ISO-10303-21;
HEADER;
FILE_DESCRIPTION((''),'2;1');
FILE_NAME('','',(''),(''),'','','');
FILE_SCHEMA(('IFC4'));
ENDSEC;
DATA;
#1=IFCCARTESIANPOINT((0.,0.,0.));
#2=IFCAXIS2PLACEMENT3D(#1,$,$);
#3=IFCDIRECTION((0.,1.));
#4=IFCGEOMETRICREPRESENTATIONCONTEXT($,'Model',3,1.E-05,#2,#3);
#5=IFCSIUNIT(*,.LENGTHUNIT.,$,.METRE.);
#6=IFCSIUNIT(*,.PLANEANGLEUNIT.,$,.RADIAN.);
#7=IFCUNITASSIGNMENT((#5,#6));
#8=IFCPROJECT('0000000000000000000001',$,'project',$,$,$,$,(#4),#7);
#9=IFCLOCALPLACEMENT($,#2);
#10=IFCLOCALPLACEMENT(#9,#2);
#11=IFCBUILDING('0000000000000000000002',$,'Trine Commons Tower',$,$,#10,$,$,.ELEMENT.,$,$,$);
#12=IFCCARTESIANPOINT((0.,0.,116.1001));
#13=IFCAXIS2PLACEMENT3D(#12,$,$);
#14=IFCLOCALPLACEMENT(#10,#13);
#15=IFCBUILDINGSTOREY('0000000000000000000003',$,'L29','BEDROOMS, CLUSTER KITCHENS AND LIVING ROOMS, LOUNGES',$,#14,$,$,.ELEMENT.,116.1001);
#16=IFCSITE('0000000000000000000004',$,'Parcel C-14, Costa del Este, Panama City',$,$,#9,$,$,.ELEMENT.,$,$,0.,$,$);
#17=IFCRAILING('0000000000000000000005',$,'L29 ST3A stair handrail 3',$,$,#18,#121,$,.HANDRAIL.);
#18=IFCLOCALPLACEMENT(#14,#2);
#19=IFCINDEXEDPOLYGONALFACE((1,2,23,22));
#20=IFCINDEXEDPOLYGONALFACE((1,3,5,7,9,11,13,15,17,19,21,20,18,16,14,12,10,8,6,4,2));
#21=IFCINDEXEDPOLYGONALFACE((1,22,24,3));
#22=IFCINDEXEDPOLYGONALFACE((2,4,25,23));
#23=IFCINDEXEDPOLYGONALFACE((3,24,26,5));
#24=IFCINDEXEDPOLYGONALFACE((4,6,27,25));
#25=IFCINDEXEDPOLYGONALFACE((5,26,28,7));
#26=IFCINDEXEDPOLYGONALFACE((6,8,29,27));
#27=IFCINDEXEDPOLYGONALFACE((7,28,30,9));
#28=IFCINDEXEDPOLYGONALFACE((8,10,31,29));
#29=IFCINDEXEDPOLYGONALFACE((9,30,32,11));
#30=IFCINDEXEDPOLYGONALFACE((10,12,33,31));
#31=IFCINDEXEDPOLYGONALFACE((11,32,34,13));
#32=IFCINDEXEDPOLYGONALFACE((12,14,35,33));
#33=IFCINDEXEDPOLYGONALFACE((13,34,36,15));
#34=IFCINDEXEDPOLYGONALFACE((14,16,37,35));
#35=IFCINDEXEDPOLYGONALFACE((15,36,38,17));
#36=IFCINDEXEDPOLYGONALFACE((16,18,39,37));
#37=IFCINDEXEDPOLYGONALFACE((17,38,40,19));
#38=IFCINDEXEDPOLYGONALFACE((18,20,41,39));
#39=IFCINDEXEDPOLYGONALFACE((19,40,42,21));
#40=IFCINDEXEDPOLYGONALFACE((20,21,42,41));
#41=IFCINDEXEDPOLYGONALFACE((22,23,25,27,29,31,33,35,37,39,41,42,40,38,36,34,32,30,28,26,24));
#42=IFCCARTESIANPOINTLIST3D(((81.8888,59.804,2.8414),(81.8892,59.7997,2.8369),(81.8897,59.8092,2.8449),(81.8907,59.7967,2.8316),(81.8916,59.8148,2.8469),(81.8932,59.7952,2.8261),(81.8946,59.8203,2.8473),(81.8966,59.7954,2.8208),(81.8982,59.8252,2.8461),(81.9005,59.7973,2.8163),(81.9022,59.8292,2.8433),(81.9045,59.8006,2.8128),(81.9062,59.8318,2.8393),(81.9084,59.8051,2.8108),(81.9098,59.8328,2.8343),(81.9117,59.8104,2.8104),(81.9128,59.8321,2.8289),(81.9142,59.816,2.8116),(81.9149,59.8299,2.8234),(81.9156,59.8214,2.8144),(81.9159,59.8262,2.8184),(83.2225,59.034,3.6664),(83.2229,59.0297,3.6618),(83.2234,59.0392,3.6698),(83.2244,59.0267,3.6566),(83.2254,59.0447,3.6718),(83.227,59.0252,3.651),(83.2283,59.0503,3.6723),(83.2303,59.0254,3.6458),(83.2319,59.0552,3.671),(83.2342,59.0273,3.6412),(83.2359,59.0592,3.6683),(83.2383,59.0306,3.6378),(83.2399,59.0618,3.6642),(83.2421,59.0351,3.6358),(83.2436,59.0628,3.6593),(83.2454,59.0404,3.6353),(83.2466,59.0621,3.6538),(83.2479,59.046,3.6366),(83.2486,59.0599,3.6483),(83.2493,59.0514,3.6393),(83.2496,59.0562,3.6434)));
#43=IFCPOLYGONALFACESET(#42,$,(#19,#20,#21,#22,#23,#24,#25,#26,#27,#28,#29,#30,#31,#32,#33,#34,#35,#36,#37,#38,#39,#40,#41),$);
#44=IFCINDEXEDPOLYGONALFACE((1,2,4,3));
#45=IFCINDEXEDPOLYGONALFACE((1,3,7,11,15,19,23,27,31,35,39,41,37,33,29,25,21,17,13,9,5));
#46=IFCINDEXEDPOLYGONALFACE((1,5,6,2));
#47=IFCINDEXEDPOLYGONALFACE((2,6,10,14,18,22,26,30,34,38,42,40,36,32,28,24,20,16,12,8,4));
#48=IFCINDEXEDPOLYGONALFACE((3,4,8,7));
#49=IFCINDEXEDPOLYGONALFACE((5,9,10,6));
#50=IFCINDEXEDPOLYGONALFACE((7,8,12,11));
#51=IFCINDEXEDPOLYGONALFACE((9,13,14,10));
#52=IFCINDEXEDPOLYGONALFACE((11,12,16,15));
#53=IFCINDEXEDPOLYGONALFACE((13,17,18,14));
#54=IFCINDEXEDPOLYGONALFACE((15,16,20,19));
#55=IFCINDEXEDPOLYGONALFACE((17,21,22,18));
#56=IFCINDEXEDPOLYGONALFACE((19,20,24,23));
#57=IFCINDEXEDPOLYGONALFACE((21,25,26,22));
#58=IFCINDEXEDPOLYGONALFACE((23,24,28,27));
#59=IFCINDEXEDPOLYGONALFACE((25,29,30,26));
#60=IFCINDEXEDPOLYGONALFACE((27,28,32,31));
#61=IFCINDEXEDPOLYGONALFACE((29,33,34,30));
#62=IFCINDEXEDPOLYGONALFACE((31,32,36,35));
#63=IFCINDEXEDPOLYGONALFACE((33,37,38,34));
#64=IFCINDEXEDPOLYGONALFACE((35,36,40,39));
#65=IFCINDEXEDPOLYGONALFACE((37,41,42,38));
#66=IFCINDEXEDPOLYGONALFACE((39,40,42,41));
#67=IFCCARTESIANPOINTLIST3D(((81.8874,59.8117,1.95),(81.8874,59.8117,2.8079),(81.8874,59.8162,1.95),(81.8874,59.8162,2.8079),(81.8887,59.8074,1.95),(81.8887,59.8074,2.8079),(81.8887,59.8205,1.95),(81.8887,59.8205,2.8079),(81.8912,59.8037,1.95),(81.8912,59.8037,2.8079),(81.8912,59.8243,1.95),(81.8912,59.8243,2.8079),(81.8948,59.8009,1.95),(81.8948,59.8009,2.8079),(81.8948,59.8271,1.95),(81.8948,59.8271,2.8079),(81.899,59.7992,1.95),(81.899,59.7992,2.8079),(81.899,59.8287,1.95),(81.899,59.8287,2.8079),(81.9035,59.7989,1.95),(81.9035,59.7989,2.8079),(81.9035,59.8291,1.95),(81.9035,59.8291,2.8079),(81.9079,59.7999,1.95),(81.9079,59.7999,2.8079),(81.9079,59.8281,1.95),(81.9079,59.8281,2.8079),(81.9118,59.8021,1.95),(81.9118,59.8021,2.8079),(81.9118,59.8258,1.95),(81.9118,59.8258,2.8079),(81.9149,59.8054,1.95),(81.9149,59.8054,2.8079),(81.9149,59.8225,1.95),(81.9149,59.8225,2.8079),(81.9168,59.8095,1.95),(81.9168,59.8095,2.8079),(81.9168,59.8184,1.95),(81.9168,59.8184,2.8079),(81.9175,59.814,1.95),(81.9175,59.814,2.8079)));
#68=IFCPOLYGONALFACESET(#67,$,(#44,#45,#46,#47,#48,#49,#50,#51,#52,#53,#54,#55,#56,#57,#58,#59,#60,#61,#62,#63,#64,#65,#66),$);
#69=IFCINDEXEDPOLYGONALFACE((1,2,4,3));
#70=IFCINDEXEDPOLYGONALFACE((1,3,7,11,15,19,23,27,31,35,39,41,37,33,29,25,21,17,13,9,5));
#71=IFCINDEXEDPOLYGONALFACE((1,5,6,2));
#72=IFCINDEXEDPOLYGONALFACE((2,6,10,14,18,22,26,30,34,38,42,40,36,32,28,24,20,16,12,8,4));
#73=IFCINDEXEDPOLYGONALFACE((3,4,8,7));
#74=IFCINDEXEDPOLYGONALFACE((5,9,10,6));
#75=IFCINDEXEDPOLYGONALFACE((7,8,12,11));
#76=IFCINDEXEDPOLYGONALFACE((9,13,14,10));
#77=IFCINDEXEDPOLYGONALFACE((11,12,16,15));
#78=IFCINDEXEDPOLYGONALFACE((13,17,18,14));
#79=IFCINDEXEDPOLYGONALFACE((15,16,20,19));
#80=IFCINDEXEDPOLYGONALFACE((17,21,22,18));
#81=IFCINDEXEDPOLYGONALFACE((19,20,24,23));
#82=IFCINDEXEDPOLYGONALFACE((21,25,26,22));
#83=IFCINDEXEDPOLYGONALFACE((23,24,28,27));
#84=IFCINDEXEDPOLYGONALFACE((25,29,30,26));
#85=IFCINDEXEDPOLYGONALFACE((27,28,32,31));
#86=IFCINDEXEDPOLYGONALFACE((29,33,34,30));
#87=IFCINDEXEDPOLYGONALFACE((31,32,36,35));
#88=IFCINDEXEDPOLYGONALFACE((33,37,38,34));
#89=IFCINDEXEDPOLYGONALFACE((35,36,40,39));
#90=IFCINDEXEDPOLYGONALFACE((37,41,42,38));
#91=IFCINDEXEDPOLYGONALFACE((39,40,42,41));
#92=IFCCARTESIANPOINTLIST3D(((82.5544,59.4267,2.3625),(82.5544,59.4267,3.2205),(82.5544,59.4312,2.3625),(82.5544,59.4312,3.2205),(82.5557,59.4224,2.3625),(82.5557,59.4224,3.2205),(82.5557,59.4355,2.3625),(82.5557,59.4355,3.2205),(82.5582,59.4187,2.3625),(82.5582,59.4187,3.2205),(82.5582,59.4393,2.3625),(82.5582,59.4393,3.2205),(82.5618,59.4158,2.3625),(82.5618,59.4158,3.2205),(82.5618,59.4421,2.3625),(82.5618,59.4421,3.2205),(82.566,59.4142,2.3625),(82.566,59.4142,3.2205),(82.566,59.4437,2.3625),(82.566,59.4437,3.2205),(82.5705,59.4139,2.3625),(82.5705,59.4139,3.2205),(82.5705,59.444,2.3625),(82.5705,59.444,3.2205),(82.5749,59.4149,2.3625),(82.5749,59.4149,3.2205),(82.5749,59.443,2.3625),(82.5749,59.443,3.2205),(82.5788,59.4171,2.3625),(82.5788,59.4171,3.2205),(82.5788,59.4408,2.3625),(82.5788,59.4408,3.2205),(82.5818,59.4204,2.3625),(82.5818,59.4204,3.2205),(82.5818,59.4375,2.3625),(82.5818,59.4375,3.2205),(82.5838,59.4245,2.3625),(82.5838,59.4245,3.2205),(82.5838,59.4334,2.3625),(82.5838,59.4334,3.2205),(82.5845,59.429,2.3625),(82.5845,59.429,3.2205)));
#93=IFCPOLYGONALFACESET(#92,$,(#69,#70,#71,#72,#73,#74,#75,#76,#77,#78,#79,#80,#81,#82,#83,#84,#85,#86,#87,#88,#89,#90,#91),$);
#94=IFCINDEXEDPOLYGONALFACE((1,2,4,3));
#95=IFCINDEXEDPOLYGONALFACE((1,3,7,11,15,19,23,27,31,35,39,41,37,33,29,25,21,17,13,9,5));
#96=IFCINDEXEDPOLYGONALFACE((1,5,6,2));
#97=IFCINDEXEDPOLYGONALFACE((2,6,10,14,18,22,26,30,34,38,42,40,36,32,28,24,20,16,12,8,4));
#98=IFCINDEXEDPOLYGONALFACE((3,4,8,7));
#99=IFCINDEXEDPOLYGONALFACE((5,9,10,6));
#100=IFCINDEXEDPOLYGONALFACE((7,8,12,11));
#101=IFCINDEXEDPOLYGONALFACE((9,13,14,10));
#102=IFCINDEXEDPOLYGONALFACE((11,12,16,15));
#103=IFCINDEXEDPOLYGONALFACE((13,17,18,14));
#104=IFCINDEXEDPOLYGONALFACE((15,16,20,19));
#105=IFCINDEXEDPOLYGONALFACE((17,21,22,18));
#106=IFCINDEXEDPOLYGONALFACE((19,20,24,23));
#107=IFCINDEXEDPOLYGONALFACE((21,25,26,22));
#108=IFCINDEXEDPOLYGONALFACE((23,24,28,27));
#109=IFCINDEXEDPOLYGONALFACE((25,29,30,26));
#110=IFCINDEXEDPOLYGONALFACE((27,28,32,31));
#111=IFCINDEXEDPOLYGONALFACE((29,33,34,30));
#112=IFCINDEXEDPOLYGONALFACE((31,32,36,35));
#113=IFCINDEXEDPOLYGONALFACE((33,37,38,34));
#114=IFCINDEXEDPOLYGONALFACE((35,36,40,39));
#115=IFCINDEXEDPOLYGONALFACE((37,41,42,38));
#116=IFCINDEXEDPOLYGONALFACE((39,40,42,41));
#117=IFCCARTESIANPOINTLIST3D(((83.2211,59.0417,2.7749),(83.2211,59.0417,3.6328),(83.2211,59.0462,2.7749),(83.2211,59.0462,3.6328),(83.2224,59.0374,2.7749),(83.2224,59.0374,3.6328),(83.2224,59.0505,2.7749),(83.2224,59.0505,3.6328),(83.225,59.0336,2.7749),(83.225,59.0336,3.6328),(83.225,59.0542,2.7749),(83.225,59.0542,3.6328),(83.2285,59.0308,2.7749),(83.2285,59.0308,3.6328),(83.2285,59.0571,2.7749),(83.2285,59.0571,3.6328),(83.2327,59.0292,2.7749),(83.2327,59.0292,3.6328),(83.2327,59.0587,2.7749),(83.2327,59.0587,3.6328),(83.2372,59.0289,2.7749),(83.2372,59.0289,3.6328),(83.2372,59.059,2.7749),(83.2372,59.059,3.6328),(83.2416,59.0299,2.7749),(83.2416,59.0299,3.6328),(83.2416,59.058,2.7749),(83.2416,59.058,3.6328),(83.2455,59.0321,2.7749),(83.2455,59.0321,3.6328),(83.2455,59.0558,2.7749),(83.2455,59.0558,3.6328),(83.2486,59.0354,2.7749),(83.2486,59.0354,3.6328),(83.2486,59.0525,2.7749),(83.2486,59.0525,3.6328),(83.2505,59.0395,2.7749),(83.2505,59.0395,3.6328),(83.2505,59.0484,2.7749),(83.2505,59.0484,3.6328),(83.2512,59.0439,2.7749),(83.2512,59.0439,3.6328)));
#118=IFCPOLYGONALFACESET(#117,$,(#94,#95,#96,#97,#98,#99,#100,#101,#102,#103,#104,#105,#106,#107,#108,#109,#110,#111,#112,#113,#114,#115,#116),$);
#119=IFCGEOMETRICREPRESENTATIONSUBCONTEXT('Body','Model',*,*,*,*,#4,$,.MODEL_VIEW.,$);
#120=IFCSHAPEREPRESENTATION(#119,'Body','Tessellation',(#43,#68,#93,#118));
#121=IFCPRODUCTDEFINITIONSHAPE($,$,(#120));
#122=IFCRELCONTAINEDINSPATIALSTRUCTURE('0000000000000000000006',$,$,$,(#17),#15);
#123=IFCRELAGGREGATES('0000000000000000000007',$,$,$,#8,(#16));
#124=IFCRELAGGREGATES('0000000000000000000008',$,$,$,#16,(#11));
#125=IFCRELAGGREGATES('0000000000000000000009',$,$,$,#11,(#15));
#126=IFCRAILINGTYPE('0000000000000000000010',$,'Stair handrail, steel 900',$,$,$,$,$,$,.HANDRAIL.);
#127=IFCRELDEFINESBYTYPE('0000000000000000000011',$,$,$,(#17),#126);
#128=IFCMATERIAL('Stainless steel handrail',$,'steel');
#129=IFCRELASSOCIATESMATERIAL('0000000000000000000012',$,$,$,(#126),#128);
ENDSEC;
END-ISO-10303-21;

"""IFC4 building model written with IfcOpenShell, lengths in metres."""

from ifc_helpers import new_model, si_unit, direction, frame, origin, origin_2d, place, context, subcontext, project, spatial, circle, extrude, material, type_object, element, save


model = new_model("IFC4")

# Units and contexts
model_context = context("Model", 3, precision=1e-05, world=origin(), true_north=direction((0.0, 1.0)))
body_context = subcontext(model_context, "Body", "Model", "MODEL_VIEW")
ifc_project = project(units=[si_unit("LENGTHUNIT", "METRE"), si_unit("PLANEANGLEUNIT", "RADIAN")], contexts=[model_context])

# Site, building, storey
site_placement = place(None, origin())
site = spatial("IfcSite", under=ifc_project, at=site_placement, Name="Parcel C-14, Costa del Este, Panama City", CompositionType="ELEMENT", RefElevation=0.0)
building_placement = place(site_placement, origin())
building = spatial("IfcBuilding", under=site, at=building_placement, Name="Trine Commons Tower", CompositionType="ELEMENT")
storey_placement = place(building_placement, frame((0.0, 0.0, 116.1001)))
storey = spatial("IfcBuildingStorey", under=building, at=storey_placement, Name="L29", Description="BEDROOMS, CLUSTER KITCHENS AND LIVING ROOMS, LOUNGES", CompositionType="ELEMENT", Elevation=116.1001)

# Railing
ifc_material_1 = material(Name="Stainless steel handrail", Category="steel")
railing_type_1 = type_object("IfcRailingType", Name="Stair handrail, steel 900", PredefinedType="HANDRAIL", material=ifc_material_1)
for number, where, name in (
    (1, (81.9023, 59.814, 1.95), "L29 ST3A stair handrail 3"),
):
    element("IfcRailing", number, at=place(storey_placement, frame(where)), inside=storey, type_object=railing_type_1, Name=name, PredefinedType="HANDRAIL", context=body_context, shape_type="SweptSolid", body=[
        extrude(circle(Radius=0.021, at=origin_2d()), frame((0.0, 0.0, 0.8789), z_axis=(0.763405, -0.440743, 0.472185), x_axis=(0.499992, 0.86603, 0.0)), (0.0, 0.0, 1.0), 1.7471),
        extrude(circle(Radius=0.0151, at=origin_2d()), origin(), (0.0, 0.0, 1.0), 0.8579),
        extrude(circle(Radius=0.0151, at=origin_2d()), frame((0.667, -0.385, 0.4126)), (0.0, 0.0, 1.0), 0.8579),
        extrude(circle(Radius=0.0151, at=origin_2d()), frame((1.3337, -0.77, 0.825)), (0.0, 0.0, 1.0), 0.8579),
    ])

save(model, "model.ifc")
